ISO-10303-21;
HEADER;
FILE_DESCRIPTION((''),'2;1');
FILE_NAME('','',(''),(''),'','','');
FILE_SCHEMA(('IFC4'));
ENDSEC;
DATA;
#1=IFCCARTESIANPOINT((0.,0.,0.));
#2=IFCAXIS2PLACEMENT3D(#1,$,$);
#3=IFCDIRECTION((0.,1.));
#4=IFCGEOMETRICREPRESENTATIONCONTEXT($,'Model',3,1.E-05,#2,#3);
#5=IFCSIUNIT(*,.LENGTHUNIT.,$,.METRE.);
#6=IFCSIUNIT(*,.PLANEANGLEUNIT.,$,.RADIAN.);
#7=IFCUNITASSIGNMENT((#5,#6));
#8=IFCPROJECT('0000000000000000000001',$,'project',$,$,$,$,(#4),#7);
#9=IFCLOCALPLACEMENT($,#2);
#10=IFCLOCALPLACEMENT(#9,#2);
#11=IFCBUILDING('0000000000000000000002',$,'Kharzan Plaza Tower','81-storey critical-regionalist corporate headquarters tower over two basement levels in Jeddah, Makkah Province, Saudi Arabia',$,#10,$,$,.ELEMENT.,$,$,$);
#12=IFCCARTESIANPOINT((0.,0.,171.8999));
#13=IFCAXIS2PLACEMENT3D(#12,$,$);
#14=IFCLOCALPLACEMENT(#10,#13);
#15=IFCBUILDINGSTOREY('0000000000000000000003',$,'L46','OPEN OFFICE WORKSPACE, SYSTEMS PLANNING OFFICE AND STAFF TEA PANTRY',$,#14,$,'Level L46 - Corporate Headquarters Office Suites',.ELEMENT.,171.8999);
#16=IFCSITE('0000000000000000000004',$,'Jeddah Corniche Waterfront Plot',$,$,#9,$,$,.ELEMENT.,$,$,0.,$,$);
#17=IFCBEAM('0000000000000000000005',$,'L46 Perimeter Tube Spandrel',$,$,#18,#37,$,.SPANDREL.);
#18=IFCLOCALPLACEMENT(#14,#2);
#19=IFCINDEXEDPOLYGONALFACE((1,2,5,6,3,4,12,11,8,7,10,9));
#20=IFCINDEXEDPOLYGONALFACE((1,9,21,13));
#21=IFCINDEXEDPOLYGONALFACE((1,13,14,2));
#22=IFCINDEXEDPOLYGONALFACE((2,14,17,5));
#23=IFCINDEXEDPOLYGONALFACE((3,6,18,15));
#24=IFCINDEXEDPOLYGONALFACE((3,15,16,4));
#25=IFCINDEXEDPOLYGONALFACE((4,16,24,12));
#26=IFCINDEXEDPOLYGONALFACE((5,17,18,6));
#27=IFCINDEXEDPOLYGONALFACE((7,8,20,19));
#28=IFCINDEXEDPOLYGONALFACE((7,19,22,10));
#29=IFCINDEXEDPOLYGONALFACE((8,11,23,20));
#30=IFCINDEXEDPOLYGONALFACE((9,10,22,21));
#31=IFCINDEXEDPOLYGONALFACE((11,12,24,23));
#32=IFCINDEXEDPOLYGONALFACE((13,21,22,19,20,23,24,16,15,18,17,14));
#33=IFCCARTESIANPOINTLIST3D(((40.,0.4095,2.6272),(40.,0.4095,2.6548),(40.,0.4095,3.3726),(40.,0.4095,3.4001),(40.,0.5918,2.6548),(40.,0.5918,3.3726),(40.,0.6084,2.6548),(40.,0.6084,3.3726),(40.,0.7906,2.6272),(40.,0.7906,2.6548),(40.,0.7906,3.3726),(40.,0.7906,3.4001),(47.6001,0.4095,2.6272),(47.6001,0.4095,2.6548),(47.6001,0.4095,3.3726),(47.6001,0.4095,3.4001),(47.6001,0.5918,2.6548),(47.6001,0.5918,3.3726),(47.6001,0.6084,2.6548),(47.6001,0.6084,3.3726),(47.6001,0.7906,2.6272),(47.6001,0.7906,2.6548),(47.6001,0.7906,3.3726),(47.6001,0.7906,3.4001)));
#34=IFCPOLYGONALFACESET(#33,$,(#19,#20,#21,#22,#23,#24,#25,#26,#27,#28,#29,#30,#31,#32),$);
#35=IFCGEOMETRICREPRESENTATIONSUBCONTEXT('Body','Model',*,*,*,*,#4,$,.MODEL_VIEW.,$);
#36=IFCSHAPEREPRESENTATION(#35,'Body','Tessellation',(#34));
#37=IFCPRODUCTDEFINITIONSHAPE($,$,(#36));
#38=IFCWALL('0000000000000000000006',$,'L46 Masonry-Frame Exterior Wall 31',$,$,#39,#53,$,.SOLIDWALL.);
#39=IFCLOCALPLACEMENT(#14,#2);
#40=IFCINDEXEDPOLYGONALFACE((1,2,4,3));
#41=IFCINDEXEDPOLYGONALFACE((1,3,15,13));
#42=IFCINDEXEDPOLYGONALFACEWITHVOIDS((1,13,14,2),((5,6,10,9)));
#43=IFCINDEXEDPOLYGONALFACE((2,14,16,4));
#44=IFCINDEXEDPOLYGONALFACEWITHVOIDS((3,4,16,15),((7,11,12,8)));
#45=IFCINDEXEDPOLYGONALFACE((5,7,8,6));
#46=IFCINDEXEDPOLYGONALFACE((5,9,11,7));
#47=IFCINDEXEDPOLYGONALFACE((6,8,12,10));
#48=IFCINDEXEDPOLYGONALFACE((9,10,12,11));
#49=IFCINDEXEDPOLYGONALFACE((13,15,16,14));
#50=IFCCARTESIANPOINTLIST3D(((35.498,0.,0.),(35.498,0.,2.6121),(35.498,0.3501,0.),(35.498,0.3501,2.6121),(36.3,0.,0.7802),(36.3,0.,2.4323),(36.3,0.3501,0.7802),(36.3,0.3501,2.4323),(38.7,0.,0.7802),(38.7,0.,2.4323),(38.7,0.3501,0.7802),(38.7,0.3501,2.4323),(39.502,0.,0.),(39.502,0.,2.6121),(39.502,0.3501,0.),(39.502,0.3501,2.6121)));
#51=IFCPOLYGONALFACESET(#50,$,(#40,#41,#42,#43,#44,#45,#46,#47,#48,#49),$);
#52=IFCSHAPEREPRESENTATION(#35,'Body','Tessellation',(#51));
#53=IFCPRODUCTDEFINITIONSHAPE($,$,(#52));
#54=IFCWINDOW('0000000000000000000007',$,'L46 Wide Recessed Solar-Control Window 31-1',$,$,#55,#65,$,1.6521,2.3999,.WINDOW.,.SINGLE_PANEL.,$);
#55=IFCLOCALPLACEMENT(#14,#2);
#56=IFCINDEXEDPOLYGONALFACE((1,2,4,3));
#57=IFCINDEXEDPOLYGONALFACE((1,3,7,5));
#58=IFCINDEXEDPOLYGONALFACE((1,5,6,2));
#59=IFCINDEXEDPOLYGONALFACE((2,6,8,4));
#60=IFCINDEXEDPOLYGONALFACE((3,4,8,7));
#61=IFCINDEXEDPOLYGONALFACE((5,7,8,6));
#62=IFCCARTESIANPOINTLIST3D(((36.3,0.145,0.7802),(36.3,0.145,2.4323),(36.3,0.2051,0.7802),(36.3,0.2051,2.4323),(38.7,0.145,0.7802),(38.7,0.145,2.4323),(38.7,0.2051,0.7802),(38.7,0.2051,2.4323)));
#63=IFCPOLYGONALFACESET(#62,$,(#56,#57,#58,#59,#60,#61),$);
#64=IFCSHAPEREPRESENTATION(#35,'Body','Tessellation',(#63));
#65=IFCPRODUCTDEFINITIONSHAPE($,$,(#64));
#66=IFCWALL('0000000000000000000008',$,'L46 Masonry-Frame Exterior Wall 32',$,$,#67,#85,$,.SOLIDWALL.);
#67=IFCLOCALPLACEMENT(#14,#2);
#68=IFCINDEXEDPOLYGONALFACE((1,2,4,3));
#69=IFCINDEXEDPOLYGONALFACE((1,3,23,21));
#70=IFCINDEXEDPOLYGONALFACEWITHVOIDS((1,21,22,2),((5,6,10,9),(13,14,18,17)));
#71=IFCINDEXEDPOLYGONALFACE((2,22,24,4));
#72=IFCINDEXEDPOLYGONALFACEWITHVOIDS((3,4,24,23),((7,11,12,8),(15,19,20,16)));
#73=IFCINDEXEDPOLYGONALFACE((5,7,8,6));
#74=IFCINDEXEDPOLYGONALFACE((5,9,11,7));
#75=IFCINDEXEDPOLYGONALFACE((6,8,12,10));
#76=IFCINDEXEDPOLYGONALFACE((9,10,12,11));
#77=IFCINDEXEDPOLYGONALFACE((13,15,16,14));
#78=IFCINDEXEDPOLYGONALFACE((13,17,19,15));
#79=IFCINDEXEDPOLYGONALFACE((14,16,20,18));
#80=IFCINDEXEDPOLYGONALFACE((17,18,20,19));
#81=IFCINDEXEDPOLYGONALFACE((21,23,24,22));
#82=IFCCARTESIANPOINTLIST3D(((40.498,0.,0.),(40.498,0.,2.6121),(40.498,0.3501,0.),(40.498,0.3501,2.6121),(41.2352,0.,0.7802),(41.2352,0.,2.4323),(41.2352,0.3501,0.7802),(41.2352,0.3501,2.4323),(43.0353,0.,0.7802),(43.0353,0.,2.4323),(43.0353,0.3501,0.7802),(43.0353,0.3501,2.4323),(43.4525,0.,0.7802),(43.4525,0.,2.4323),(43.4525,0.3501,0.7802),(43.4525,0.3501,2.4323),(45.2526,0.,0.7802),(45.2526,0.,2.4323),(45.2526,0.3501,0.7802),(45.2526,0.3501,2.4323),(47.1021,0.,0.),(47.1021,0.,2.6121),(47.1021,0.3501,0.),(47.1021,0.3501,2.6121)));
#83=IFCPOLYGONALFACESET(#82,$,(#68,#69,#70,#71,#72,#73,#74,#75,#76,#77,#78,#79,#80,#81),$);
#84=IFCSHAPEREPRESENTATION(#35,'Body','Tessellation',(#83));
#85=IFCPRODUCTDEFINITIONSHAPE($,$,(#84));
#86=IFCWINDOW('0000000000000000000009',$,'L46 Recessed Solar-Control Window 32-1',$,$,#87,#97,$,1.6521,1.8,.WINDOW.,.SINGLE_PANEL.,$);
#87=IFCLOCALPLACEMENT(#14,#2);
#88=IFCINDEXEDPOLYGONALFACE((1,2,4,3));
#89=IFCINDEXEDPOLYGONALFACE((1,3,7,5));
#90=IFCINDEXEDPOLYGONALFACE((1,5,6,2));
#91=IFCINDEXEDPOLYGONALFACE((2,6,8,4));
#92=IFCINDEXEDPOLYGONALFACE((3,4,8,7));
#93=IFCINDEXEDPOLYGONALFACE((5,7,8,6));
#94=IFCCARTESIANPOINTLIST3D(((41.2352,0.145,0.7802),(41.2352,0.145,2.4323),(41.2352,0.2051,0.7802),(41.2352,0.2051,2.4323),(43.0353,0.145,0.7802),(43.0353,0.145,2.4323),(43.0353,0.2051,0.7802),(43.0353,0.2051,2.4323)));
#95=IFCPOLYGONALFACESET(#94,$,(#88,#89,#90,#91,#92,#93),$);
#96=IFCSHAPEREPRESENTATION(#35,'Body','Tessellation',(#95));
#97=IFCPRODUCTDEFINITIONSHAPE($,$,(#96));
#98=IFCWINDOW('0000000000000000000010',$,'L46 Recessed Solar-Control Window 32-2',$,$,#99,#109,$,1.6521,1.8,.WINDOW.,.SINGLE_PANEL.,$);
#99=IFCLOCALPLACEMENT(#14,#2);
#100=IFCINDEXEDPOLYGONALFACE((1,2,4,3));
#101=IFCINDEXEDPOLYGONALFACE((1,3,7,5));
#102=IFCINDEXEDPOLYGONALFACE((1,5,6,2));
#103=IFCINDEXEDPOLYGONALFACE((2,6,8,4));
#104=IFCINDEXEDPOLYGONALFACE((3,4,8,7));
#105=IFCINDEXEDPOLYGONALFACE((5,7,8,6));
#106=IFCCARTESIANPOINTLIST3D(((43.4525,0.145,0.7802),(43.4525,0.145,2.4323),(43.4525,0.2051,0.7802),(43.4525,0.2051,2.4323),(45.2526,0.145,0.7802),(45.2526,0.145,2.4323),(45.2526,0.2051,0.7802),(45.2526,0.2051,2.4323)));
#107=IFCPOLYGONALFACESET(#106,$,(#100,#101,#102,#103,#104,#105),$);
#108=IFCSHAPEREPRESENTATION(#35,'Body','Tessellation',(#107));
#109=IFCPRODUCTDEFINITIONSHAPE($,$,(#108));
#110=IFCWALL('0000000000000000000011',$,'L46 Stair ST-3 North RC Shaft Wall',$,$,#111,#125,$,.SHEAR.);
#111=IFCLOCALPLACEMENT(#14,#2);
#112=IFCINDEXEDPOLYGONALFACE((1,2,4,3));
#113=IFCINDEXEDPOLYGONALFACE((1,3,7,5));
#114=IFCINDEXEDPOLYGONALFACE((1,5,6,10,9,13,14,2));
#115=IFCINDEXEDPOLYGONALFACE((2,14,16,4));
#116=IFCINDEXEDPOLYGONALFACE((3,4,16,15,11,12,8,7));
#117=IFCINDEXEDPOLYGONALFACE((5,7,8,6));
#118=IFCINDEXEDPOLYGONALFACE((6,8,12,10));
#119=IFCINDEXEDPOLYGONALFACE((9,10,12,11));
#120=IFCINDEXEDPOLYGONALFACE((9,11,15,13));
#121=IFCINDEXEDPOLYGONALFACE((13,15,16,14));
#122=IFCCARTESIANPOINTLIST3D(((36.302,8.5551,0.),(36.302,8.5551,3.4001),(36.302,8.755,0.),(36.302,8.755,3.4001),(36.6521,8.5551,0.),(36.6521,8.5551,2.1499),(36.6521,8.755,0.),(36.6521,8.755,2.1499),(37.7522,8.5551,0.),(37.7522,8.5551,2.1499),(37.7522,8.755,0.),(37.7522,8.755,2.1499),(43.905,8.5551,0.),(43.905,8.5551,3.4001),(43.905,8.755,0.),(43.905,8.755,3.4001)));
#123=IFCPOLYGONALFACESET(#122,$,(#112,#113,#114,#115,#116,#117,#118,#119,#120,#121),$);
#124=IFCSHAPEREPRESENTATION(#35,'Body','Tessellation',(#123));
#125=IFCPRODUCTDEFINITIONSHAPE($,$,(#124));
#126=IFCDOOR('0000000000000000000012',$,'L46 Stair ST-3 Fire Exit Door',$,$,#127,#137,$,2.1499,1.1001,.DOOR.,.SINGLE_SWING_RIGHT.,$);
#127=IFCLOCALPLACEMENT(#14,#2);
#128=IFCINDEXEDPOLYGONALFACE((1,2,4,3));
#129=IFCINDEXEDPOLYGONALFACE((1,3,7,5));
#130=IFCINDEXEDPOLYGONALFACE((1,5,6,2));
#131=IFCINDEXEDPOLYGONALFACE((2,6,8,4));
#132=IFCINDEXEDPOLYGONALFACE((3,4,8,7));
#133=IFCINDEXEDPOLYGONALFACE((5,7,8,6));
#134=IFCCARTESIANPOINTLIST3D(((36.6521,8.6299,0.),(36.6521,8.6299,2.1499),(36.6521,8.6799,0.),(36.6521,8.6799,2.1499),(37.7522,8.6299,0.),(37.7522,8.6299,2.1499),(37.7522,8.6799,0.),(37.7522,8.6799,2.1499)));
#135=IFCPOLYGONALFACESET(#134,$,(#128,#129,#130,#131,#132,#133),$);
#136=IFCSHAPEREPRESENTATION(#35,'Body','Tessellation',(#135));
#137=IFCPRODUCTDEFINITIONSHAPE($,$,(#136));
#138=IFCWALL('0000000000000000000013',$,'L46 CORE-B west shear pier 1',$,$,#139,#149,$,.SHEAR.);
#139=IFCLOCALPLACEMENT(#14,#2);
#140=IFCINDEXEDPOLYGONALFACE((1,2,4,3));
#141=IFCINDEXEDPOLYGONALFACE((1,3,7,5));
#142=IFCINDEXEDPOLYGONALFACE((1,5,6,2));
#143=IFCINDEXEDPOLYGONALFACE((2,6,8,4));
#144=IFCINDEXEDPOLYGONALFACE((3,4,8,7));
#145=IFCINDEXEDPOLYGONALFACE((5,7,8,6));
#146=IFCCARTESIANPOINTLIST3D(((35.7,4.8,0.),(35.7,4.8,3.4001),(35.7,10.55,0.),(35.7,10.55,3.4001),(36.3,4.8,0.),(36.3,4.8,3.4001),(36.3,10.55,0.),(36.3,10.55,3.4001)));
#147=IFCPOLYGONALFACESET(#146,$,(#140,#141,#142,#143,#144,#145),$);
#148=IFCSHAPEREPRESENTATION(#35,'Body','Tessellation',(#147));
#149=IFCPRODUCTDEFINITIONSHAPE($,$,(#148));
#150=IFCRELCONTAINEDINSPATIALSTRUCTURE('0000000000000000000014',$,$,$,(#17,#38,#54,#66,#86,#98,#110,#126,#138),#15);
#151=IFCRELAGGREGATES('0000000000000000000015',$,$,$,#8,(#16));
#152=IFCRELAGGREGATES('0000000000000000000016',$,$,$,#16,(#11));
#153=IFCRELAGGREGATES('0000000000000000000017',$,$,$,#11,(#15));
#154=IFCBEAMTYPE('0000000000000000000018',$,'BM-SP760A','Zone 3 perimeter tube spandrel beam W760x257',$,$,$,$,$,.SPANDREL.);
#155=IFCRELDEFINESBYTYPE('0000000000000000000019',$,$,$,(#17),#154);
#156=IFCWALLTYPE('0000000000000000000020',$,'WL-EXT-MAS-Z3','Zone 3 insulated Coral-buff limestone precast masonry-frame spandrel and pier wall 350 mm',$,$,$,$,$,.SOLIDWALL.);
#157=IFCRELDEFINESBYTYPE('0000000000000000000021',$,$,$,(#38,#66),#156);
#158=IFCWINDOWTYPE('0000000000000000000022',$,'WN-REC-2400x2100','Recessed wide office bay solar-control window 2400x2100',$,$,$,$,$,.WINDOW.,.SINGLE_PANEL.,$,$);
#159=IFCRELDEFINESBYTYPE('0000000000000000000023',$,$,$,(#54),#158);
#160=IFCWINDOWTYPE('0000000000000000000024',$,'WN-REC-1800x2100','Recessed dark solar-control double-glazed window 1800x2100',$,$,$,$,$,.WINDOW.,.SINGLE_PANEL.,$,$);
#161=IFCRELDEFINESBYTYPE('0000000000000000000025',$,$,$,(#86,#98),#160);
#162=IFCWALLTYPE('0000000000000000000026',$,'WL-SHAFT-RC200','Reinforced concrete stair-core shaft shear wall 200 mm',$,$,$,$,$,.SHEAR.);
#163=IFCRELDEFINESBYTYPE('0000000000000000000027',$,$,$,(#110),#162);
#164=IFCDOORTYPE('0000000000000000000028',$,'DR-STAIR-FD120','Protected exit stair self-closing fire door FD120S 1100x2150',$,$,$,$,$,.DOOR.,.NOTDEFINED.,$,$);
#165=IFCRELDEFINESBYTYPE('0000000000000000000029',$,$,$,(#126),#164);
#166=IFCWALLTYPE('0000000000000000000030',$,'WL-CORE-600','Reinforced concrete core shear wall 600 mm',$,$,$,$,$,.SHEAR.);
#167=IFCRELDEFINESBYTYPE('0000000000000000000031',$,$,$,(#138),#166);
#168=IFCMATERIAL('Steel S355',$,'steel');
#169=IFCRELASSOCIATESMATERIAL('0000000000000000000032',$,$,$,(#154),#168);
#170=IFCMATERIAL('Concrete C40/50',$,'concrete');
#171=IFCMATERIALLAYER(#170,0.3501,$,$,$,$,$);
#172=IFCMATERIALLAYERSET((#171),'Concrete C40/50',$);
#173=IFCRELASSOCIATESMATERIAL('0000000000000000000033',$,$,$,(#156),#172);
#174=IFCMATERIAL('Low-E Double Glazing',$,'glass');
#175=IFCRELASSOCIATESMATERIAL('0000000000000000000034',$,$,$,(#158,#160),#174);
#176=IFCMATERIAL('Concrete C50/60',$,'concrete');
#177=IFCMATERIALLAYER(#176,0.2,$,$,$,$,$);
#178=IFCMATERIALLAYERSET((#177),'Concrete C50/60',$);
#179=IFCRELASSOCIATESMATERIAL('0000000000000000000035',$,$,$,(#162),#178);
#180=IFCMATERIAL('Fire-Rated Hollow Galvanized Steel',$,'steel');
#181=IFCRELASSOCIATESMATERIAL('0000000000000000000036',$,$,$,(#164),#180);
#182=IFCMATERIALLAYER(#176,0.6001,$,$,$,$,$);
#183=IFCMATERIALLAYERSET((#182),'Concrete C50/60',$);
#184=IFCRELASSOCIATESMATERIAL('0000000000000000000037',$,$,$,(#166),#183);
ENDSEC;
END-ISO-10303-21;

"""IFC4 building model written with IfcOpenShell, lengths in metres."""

from ifc_helpers import new_model, si_unit, direction, frame, frame_2d, origin, origin_2d, place, context, subcontext, project, spatial, rectangle, i_section, extrude, source, transform, mapped, material, layer, layer_set, material_profile, profile_set, type_object, element, fill, save


model = new_model("IFC4")

# Units and contexts
model_context = context("Model", 3, precision=1e-05, world=origin(), true_north=direction((0.0, 1.0)))
body_context = subcontext(model_context, "Body", "Model", "MODEL_VIEW")
ifc_project = project(units=[si_unit("LENGTHUNIT", "METRE"), si_unit("PLANEANGLEUNIT", "RADIAN")], contexts=[model_context])

# Site, building, storey
site_placement = place(None, origin())
site = spatial("IfcSite", under=ifc_project, at=site_placement, Name="Jeddah Corniche Waterfront Plot", CompositionType="ELEMENT", RefElevation=0.0)
building_placement = place(site_placement, origin())
building = spatial("IfcBuilding", under=site, at=building_placement, Name="Kharzan Plaza Tower", Description="81-storey critical-regionalist corporate headquarters tower over two basement levels in Jeddah, Makkah Province, Saudi Arabia", CompositionType="ELEMENT")
storey_placement = place(building_placement, frame((0.0, 0.0, 171.8999)))
storey = spatial("IfcBuildingStorey", under=building, at=storey_placement, Name="L46", Description="OPEN OFFICE WORKSPACE, SYSTEMS PLANNING OFFICE AND STAFF TEA PANTRY", LongName="Level L46 - Corporate Headquarters Office Suites", CompositionType="ELEMENT", Elevation=171.8999)

# Shared definitions
ifc_material_1 = material(Name="Concrete C50/60", Category="concrete")

# Beam
ifc_material_2 = material(Name="Steel S355", Category="steel")
ifc_material_profile_1 = material_profile(ifc_material_2, i_section(OverallWidth=0.3811, OverallDepth=0.7729, WebThickness=0.0166, FlangeThickness=0.0276, at=origin_2d()), Name="W760x257")
ifc_profile_set_1 = profile_set([ifc_material_profile_1], Name="Steel S355")
beam_type_1 = type_object("IfcBeamType", Name="BM-SP760A", Description="Zone 3 perimeter tube spandrel beam W760x257", PredefinedType="SPANDREL", material=ifc_profile_set_1)
shared_shape_1 = source(origin(), body_context, "Body", "SweptSolid", [
    extrude(i_section(OverallWidth=0.3811, OverallDepth=0.7729, WebThickness=0.0166, FlangeThickness=0.0276, at=origin_2d()), origin(), (0.0, 0.0, 1.0), 7.6001),
])
beam_1_placement = place(storey_placement, frame((40.0, 0.6001, 3.0137), z_axis=(1.0, 0.0, 0.0), x_axis=(0.0, 1.0, 0.0)))
element("IfcBeam", 1, at=beam_1_placement, inside=storey, type_object=beam_type_1, Name="L46 Perimeter Tube Spandrel", PredefinedType="SPANDREL", context=body_context, shape_type="MappedRepresentation", body=[
    mapped(shared_shape_1, transform((0.0, 0.0, 0.0), x_axis=(1.0, 0.0, 0.0), y_axis=(0.0, 1.0, 0.0), z_axis=(0.0, 0.0, 1.0))),
])

# Wall, opening, window
ifc_material_3 = material(Name="Concrete C40/50", Category="concrete")
ifc_layer_1 = layer(ifc_material_3, 0.3501)
ifc_layer_set_1 = layer_set([ifc_layer_1], Name="Concrete C40/50")
wall_type_1 = type_object("IfcWallType", Name="WL-EXT-MAS-Z3", Description="Zone 3 insulated Coral-buff limestone precast masonry-frame spandrel and pier wall 350 mm", PredefinedType="SOLIDWALL", material=ifc_layer_set_1)
wall_1_placement = place(storey_placement, frame((35.498, 0.175, 0.0), z_axis=(0.0, 0.0, 1.0), x_axis=(1.0, 0.0, 0.0)))
wall_1 = element("IfcWall", 2, at=wall_1_placement, inside=storey, type_object=wall_type_1, Name="L46 Masonry-Frame Exterior Wall 31", PredefinedType="SOLIDWALL", context=body_context, shape_type="SweptSolid", body=[
    extrude(rectangle(XDim=4.0039, YDim=0.3501, at=frame_2d((2.002, 0.0))), origin(), (0.0, 0.0, 1.0), 2.6121),
])
opening_1_placement = place(wall_1_placement, frame((0.802, 0.0, 0.78)))
opening_1 = element("IfcOpeningElement", 3, at=opening_1_placement, cuts=wall_1, PredefinedType="OPENING", context=body_context, shape_type="SweptSolid", body=[
    extrude(rectangle(XDim=2.3999, YDim=1.6521, at=frame_2d((1.2, 0.8262))), frame((0.0, 0.1851, 0.0), z_axis=(0.0, -1.0, 0.0), x_axis=(1.0, 0.0, 0.0)), (0.0, 0.0, 1.0), 0.3701),
])
ifc_material_4 = material(Name="Low-E Double Glazing", Category="glass")
window_type_1 = type_object("IfcWindowType", Name="WN-REC-2400x2100", Description="Recessed wide office bay solar-control window 2400x2100", PartitioningType="SINGLE_PANEL", PredefinedType="WINDOW", material=ifc_material_4)
shared_shape_2 = source(origin(), body_context, "Body", "SweptSolid", [
    extrude(rectangle(XDim=2.3999, YDim=1.6521, at=frame_2d((1.2, 0.8262))), frame((0.0, 0.03, 0.0), z_axis=(0.0, -1.0, 0.0), x_axis=(1.0, 0.0, 0.0)), (0.0, 0.0, 1.0), 0.0601),
])
window_1_placement = place(opening_1_placement, origin())
window_1 = element("IfcWindow", 4, at=window_1_placement, inside=storey, type_object=window_type_1, Name="L46 Wide Recessed Solar-Control Window 31-1", OverallHeight=1.6521, OverallWidth=2.3999, PartitioningType="SINGLE_PANEL", PredefinedType="WINDOW", context=body_context, shape_type="MappedRepresentation", body=[
    mapped(shared_shape_2, transform((0.0, 0.0, 0.0), x_axis=(1.0, 0.0, 0.0), y_axis=(0.0, 1.0, 0.0), z_axis=(0.0, 0.0, 1.0))),
])
fill(opening_1, window_1)

# Wall, openings, windows
wall_2_placement = place(storey_placement, frame((40.498, 0.175, 0.0), z_axis=(0.0, 0.0, 1.0), x_axis=(1.0, 0.0, 0.0)))
wall_2 = element("IfcWall", 5, at=wall_2_placement, inside=storey, type_object=wall_type_1, Name="L46 Masonry-Frame Exterior Wall 32", PredefinedType="SOLIDWALL", context=body_context, shape_type="SweptSolid", body=[
    extrude(rectangle(XDim=6.604, YDim=0.3501, at=frame_2d((3.302, 0.0))), origin(), (0.0, 0.0, 1.0), 2.6121),
])
opening_2_placement = place(wall_2_placement, frame((0.7373, 0.0, 0.78)))
opening_2 = element("IfcOpeningElement", 6, at=opening_2_placement, cuts=wall_2, PredefinedType="OPENING", context=body_context, shape_type="SweptSolid", body=[
    extrude(rectangle(XDim=1.8, YDim=1.6521, at=frame_2d((0.8999, 0.8262))), frame((0.0, 0.1851, 0.0), z_axis=(0.0, -1.0, 0.0), x_axis=(1.0, 0.0, 0.0)), (0.0, 0.0, 1.0), 0.3701),
])
opening_3_placement = place(wall_2_placement, frame((2.9546, 0.0, 0.78)))
opening_3 = element("IfcOpeningElement", 7, at=opening_3_placement, cuts=wall_2, PredefinedType="OPENING", context=body_context, shape_type="SweptSolid", body=[
    extrude(rectangle(XDim=1.8, YDim=1.6521, at=frame_2d((0.8999, 0.8262))), frame((0.0, 0.1851, 0.0), z_axis=(0.0, -1.0, 0.0), x_axis=(1.0, 0.0, 0.0)), (0.0, 0.0, 1.0), 0.3701),
])
window_type_2 = type_object("IfcWindowType", Name="WN-REC-1800x2100", Description="Recessed dark solar-control double-glazed window 1800x2100", PartitioningType="SINGLE_PANEL", PredefinedType="WINDOW", material=ifc_material_4)
shared_shape_3 = source(origin(), body_context, "Body", "SweptSolid", [
    extrude(rectangle(XDim=1.8, YDim=1.6521, at=frame_2d((0.8999, 0.8262))), frame((0.0, 0.03, 0.0), z_axis=(0.0, -1.0, 0.0), x_axis=(1.0, 0.0, 0.0)), (0.0, 0.0, 1.0), 0.0601),
])
window_2_placement = place(opening_2_placement, origin())
window_2 = element("IfcWindow", 8, at=window_2_placement, inside=storey, type_object=window_type_2, Name="L46 Recessed Solar-Control Window 32-1", OverallHeight=1.6521, OverallWidth=1.8, PartitioningType="SINGLE_PANEL", PredefinedType="WINDOW", context=body_context, shape_type="MappedRepresentation", body=[
    mapped(shared_shape_3, transform((0.0, 0.0, 0.0), x_axis=(1.0, 0.0, 0.0), y_axis=(0.0, 1.0, 0.0), z_axis=(0.0, 0.0, 1.0))),
])
fill(opening_2, window_2)
window_3_placement = place(opening_3_placement, origin())
window_3 = element("IfcWindow", 9, at=window_3_placement, inside=storey, type_object=window_type_2, Name="L46 Recessed Solar-Control Window 32-2", OverallHeight=1.6521, OverallWidth=1.8, PartitioningType="SINGLE_PANEL", PredefinedType="WINDOW", context=body_context, shape_type="MappedRepresentation", body=[
    mapped(shared_shape_3, transform((0.0, 0.0, 0.0), x_axis=(1.0, 0.0, 0.0), y_axis=(0.0, 1.0, 0.0), z_axis=(0.0, 0.0, 1.0))),
])
fill(opening_3, window_3)

# Wall, opening, door
ifc_layer_2 = layer(ifc_material_1, 0.2)
ifc_layer_set_2 = layer_set([ifc_layer_2], Name="Concrete C50/60")
wall_type_2 = type_object("IfcWallType", Name="WL-SHAFT-RC200", Description="Reinforced concrete stair-core shaft shear wall 200 mm", PredefinedType="SHEAR", material=ifc_layer_set_2)
wall_3_placement = place(storey_placement, frame((36.302, 8.655, 0.0), z_axis=(0.0, 0.0, 1.0), x_axis=(1.0, 0.0, 0.0)))
wall_3 = element("IfcWall", 10, at=wall_3_placement, inside=storey, type_object=wall_type_2, Name="L46 Stair ST-3 North RC Shaft Wall", PredefinedType="SHEAR", context=body_context, shape_type="SweptSolid", body=[
    extrude(rectangle(XDim=7.603, YDim=0.2, at=frame_2d((3.8015, 0.0))), origin(), (0.0, 0.0, 1.0), 3.4001),
])
opening_4_placement = place(wall_3_placement, frame((0.3501, 0.0, 0.0)))
opening_4 = element("IfcOpeningElement", 11, at=opening_4_placement, cuts=wall_3, PredefinedType="OPENING", context=body_context, shape_type="SweptSolid", body=[
    extrude(rectangle(XDim=1.1001, YDim=2.1499, at=frame_2d((0.55, 1.075))), frame((0.0, 0.1099, 0.0), z_axis=(0.0, -1.0, 0.0), x_axis=(1.0, 0.0, 0.0)), (0.0, 0.0, 1.0), 0.22),
])
ifc_material_5 = material(Name="Fire-Rated Hollow Galvanized Steel", Category="steel")
door_type = type_object("IfcDoorType", Name="DR-STAIR-FD120", Description="Protected exit stair self-closing fire door FD120S 1100x2150", OperationType="NOTDEFINED", PredefinedType="DOOR", material=ifc_material_5)
shared_shape_4 = source(origin(), body_context, "Body", "SweptSolid", [
    extrude(rectangle(XDim=1.1001, YDim=2.1499, at=frame_2d((0.55, 1.075))), frame((0.0, 0.0249, 0.0), z_axis=(0.0, -1.0, 0.0), x_axis=(1.0, 0.0, 0.0)), (0.0, 0.0, 1.0), 0.05),
])
door_placement = place(opening_4_placement, origin())
door = element("IfcDoor", 12, at=door_placement, inside=storey, type_object=door_type, Name="L46 Stair ST-3 Fire Exit Door", OperationType="SINGLE_SWING_RIGHT", OverallHeight=2.1499, OverallWidth=1.1001, PredefinedType="DOOR", context=body_context, shape_type="MappedRepresentation", body=[
    mapped(shared_shape_4, transform((0.0, 0.0, 0.0), x_axis=(1.0, 0.0, 0.0), y_axis=(0.0, 1.0, 0.0), z_axis=(0.0, 0.0, 1.0))),
])
fill(opening_4, door)

# Wall
ifc_layer_3 = layer(ifc_material_1, 0.6001)
ifc_layer_set_3 = layer_set([ifc_layer_3], Name="Concrete C50/60")
wall_type_3 = type_object("IfcWallType", Name="WL-CORE-600", Description="Reinforced concrete core shear wall 600 mm", PredefinedType="SHEAR", material=ifc_layer_set_3)
shared_shape_5 = source(origin(), body_context, "Body", "SweptSolid", [
    extrude(rectangle(XDim=5.75, YDim=0.6001, at=frame_2d((2.875, 0.0))), origin(), (0.0, 0.0, 1.0), 3.4001),
])
wall_4_placement = place(storey_placement, frame((36.0, 4.8, 0.0), z_axis=(0.0, 0.0, 1.0), x_axis=(0.0, 1.0, 0.0)))
element("IfcWall", 13, at=wall_4_placement, inside=storey, type_object=wall_type_3, Name="L46 CORE-B west shear pier 1", PredefinedType="SHEAR", context=body_context, shape_type="MappedRepresentation", body=[
    mapped(shared_shape_5, transform((0.0, 0.0, 0.0), x_axis=(1.0, 0.0, 0.0), y_axis=(0.0, 1.0, 0.0), z_axis=(0.0, 0.0, 1.0))),
])

save(model, "model.ifc")
